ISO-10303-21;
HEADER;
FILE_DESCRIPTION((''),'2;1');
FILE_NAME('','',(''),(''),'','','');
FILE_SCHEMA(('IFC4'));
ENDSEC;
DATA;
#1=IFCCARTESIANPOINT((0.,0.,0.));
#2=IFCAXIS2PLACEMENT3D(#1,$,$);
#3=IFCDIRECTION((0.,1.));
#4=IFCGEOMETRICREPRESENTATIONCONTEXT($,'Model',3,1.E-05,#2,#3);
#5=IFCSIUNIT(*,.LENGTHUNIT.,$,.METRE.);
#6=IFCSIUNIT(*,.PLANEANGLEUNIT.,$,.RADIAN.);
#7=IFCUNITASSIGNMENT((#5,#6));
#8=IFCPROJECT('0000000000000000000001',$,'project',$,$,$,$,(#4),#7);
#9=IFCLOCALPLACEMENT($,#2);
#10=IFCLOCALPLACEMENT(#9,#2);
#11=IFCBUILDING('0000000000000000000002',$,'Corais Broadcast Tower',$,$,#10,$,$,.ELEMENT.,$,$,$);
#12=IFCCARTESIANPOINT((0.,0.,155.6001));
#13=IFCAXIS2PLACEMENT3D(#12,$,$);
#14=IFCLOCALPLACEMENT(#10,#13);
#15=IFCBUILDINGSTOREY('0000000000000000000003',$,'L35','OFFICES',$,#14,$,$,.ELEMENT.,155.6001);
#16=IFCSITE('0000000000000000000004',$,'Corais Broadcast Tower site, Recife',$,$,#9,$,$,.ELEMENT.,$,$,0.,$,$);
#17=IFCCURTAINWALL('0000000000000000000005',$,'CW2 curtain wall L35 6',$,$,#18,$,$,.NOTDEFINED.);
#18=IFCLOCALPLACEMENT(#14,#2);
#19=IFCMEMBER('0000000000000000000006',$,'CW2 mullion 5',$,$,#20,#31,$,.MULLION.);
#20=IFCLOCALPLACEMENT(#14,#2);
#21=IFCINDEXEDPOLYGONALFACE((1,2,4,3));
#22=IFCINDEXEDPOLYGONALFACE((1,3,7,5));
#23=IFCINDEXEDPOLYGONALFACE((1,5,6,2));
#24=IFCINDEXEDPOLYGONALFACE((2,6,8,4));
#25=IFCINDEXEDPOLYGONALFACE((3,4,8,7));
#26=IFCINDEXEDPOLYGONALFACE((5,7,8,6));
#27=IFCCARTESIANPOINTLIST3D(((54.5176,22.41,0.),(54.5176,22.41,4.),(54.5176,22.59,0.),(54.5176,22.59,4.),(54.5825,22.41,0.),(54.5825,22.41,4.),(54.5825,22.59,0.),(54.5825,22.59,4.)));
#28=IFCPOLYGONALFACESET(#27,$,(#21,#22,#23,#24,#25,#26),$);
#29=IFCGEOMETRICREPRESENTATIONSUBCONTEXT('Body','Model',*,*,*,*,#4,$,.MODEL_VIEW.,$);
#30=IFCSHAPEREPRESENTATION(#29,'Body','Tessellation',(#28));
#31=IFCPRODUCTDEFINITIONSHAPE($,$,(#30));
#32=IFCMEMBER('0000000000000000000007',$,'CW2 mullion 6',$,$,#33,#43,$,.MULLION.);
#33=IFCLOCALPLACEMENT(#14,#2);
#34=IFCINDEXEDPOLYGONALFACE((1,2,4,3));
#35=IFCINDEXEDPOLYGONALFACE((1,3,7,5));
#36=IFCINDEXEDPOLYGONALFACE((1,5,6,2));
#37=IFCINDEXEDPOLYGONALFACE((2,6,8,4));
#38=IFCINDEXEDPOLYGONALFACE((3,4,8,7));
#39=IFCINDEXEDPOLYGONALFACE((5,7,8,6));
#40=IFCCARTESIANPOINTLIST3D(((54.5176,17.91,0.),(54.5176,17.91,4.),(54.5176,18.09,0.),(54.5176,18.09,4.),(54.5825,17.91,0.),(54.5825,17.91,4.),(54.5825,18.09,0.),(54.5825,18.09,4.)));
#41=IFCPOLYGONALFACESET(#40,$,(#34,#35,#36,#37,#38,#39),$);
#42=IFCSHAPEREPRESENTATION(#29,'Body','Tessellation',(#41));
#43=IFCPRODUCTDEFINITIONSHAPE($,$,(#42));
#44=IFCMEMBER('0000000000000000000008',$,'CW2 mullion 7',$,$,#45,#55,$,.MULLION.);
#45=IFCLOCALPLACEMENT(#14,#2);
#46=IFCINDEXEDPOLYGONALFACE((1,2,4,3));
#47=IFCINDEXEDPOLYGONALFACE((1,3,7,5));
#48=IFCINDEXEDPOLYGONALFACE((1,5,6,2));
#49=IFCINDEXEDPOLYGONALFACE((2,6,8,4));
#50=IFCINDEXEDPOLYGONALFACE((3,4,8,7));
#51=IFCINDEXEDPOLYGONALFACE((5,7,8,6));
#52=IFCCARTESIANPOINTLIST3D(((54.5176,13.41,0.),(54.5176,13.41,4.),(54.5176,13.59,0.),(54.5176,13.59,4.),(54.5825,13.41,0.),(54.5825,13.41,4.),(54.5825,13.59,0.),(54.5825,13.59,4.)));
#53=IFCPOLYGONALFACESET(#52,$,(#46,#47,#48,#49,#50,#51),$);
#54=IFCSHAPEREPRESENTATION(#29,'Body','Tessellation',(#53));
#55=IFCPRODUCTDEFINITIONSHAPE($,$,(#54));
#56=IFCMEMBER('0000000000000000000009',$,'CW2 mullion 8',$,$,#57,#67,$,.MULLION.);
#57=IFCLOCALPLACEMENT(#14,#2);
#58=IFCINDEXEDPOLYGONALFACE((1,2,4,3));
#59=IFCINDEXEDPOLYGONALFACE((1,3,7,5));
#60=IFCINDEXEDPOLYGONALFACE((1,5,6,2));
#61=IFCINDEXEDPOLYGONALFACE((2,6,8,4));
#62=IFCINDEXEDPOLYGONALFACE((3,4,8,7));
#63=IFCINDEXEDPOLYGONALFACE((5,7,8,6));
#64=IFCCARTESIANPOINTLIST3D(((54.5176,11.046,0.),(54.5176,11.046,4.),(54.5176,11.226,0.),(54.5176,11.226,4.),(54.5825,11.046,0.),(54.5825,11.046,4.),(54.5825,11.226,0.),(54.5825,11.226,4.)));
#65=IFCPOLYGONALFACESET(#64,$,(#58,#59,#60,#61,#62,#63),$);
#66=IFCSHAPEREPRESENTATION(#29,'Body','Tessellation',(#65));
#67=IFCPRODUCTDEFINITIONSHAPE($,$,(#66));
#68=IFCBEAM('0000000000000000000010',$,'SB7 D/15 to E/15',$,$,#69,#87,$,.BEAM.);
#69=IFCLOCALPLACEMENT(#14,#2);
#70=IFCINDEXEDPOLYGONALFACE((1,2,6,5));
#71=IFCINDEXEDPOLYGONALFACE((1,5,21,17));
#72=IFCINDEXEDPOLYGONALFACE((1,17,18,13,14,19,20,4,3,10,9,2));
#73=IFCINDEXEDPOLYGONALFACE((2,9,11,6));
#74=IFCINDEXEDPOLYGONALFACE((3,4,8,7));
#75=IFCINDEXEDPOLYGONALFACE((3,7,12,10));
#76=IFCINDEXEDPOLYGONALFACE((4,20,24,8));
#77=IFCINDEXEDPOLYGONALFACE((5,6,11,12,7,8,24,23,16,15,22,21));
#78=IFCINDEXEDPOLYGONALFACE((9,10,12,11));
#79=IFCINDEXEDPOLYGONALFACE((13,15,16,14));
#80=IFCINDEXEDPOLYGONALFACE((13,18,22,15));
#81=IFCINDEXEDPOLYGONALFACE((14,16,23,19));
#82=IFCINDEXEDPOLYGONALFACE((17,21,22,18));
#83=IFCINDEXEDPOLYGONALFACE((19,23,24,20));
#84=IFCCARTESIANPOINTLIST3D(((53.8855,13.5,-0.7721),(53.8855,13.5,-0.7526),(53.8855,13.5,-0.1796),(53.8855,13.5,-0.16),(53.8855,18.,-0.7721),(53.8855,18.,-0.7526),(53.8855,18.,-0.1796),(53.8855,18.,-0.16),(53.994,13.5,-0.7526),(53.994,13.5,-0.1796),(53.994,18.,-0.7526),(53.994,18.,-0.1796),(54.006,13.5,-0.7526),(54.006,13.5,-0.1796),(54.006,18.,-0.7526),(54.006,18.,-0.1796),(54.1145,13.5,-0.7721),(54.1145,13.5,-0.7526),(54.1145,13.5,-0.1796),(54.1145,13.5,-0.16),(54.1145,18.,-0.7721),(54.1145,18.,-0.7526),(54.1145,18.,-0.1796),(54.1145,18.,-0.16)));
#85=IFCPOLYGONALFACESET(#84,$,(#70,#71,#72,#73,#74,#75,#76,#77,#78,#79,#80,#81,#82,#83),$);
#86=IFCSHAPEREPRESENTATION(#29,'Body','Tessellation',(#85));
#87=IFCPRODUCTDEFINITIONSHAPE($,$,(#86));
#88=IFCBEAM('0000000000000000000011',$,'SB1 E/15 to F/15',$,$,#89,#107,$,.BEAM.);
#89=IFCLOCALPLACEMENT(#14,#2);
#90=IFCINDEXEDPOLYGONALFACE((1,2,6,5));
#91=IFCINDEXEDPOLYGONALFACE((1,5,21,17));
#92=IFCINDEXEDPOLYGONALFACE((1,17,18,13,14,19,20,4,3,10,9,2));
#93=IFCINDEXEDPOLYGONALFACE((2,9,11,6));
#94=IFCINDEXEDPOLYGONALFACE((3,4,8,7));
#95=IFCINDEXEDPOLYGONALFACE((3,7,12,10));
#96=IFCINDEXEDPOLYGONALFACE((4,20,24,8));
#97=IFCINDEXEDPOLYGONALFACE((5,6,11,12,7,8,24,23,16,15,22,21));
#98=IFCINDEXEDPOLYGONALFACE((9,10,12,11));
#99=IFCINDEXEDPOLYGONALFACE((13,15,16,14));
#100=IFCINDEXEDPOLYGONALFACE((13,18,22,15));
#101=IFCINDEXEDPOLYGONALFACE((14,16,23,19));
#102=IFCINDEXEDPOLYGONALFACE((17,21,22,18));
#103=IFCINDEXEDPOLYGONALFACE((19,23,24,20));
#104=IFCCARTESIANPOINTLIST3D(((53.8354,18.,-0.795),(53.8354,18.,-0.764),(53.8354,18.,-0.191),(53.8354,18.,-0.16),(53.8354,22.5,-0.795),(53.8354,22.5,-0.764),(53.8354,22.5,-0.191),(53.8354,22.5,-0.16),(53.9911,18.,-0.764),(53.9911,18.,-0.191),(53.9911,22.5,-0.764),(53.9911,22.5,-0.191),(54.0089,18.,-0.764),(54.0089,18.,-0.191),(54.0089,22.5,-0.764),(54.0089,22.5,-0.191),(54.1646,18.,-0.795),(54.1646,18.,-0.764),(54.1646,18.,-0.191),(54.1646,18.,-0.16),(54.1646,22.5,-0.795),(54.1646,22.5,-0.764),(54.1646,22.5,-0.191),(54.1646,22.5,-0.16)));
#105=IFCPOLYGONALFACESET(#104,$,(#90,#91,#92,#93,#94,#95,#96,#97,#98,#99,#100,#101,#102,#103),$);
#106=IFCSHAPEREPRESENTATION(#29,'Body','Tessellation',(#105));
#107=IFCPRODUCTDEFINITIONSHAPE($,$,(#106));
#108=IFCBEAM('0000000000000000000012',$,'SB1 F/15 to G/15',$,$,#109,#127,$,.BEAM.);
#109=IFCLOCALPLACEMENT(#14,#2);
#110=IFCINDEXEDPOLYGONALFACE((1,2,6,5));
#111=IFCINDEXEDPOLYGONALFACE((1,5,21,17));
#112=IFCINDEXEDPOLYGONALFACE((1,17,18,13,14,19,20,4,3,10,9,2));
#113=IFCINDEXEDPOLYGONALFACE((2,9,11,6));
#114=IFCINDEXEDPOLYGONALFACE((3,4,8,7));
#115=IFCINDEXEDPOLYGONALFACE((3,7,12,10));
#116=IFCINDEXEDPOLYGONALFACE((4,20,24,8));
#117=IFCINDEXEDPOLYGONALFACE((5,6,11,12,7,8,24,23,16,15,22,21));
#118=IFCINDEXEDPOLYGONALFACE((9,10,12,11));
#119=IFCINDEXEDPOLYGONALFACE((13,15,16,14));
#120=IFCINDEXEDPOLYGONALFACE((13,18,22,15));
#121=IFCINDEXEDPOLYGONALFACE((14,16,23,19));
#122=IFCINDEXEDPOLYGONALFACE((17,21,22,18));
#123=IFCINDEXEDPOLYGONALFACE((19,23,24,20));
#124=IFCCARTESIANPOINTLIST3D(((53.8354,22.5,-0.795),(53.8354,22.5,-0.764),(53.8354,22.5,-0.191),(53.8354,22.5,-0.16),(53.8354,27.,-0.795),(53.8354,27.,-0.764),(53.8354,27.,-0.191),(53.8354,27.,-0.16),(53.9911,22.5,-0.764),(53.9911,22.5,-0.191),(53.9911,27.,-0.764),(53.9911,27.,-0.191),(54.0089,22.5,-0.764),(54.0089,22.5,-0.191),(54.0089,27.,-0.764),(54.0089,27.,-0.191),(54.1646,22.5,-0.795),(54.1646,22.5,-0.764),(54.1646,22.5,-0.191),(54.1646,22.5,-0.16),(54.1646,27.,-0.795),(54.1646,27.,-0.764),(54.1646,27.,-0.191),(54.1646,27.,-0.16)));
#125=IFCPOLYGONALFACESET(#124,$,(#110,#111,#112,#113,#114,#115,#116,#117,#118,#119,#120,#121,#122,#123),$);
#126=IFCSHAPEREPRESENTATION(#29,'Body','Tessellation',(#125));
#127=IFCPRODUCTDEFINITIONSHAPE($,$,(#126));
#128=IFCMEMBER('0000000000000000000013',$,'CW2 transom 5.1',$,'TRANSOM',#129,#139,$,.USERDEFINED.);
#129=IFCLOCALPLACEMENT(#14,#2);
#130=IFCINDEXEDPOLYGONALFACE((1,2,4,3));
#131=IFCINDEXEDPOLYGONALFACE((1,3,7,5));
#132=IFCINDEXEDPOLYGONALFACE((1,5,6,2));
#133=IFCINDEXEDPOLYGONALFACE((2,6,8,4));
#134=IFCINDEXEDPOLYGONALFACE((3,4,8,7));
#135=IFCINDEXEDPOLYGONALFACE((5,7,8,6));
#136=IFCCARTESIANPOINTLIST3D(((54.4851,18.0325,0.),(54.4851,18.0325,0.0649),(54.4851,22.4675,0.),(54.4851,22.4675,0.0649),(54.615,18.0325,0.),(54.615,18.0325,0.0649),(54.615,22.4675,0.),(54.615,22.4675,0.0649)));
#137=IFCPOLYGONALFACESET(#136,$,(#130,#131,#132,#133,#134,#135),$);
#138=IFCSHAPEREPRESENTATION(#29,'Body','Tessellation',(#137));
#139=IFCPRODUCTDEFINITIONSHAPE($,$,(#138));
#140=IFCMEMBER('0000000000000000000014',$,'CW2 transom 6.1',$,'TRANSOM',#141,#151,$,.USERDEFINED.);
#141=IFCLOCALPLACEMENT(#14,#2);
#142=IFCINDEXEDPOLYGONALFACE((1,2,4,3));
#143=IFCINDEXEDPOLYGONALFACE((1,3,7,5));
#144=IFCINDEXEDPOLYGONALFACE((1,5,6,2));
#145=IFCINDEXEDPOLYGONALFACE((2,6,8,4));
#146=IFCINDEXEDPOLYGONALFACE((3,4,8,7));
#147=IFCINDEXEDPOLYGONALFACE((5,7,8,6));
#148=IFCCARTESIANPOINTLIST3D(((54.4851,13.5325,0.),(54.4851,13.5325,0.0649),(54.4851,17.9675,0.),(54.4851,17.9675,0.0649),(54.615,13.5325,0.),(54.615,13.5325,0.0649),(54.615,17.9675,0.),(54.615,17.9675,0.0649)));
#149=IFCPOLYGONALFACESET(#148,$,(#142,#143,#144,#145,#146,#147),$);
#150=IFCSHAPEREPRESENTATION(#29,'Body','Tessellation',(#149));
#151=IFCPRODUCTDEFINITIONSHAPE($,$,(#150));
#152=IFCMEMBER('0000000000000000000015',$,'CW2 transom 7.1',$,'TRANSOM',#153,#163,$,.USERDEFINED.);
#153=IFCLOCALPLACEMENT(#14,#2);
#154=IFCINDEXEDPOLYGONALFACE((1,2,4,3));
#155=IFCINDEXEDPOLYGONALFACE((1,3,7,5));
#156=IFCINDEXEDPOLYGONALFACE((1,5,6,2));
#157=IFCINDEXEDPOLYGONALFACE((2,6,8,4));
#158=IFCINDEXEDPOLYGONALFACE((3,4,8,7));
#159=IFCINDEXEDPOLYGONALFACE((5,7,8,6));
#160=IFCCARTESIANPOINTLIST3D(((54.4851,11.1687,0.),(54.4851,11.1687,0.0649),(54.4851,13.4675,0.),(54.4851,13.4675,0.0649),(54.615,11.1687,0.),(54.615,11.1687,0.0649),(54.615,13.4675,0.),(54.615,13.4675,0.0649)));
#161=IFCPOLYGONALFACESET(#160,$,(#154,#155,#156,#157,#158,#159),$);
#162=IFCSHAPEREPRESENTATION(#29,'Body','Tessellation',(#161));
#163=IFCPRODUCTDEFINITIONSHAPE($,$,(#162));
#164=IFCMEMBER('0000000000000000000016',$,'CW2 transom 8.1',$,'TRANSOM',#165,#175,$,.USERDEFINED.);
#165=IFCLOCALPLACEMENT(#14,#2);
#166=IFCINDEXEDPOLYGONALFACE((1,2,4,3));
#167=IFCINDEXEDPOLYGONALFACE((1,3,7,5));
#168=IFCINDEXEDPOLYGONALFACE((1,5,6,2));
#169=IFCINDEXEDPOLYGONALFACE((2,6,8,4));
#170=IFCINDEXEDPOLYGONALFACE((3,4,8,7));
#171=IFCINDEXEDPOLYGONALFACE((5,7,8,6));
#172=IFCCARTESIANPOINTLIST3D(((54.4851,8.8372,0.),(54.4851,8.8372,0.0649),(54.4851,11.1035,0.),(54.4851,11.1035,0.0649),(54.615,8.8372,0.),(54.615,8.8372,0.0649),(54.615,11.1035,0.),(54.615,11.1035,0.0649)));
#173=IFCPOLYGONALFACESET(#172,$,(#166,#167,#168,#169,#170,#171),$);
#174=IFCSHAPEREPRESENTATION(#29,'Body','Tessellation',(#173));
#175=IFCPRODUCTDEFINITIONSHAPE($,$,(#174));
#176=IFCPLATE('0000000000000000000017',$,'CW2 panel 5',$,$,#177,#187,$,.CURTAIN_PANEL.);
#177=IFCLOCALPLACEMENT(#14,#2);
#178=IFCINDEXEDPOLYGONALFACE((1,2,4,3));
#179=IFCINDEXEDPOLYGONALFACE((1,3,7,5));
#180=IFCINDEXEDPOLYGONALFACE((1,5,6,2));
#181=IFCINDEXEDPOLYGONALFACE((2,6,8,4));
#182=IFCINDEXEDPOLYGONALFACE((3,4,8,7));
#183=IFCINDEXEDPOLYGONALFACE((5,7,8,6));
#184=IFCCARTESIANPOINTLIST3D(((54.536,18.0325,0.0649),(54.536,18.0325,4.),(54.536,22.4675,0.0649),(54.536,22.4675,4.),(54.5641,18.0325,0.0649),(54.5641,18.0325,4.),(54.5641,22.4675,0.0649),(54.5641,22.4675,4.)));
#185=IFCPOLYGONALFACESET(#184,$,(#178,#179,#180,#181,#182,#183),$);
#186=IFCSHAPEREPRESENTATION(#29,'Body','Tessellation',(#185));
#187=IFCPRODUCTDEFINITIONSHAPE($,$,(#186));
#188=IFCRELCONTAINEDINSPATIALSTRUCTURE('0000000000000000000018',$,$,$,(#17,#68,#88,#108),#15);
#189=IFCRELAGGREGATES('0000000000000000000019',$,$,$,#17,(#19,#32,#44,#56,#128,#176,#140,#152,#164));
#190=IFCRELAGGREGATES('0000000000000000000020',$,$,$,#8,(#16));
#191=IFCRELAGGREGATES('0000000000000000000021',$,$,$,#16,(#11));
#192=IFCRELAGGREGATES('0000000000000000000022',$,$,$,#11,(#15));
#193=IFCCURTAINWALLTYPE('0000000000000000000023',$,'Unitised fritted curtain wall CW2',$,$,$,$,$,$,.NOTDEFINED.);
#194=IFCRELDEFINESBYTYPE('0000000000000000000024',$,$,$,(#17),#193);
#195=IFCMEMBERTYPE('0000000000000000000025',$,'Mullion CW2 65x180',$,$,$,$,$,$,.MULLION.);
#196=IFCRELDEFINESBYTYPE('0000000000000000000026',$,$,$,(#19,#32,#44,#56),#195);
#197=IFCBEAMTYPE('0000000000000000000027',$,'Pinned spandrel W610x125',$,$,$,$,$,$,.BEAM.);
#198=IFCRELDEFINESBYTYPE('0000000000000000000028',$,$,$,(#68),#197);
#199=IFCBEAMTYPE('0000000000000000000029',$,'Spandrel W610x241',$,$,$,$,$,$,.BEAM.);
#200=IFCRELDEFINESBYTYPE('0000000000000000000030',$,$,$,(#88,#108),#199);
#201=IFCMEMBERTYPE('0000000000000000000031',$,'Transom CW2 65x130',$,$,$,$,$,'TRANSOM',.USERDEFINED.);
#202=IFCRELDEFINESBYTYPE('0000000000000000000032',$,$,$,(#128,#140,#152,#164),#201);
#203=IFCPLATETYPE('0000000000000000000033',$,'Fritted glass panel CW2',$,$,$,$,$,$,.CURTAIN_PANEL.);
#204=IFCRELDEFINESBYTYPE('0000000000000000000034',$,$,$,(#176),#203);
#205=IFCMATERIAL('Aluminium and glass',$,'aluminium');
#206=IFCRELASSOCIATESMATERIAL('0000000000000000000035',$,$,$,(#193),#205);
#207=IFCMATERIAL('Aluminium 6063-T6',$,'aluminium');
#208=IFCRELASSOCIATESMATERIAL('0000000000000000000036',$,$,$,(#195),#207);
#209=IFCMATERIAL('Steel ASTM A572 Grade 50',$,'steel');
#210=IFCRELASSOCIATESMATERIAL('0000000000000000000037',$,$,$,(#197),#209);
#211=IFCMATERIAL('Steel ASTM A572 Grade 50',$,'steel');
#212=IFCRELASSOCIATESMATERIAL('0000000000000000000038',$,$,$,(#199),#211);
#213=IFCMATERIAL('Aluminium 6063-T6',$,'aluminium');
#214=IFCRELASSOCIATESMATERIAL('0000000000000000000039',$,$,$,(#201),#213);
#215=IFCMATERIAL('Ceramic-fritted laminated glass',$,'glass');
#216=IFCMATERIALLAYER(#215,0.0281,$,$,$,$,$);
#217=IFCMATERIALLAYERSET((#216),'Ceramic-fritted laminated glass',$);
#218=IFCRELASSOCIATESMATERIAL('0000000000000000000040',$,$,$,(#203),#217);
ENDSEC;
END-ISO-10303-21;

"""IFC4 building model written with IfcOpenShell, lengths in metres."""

from ifc_helpers import new_model, si_unit, direction, frame, origin, origin_2d, place, context, subcontext, project, spatial, rectangle, i_section, extrude, material, layer, layer_set, material_profile, profile_set, type_object, element, aggregate, save


model = new_model("IFC4")

# Units and contexts
model_context = context("Model", 3, precision=1e-05, world=origin(), true_north=direction((0.0, 1.0)))
body_context = subcontext(model_context, "Body", "Model", "MODEL_VIEW")
ifc_project = project(units=[si_unit("LENGTHUNIT", "METRE"), si_unit("PLANEANGLEUNIT", "RADIAN")], contexts=[model_context])

# Site, building, storey
site_placement = place(None, origin())
site = spatial("IfcSite", under=ifc_project, at=site_placement, Name="Corais Broadcast Tower site, Recife", CompositionType="ELEMENT", RefElevation=0.0)
building_placement = place(site_placement, origin())
building = spatial("IfcBuilding", under=site, at=building_placement, Name="Corais Broadcast Tower", CompositionType="ELEMENT")
storey_placement = place(building_placement, frame((0.0, 0.0, 155.6001)))
storey = spatial("IfcBuildingStorey", under=building, at=storey_placement, Name="L35", Description="OFFICES", CompositionType="ELEMENT", Elevation=155.6001)

# Curtain wall, members
ifc_material_1 = material(Name="Aluminium and glass", Category="aluminium")
curtain_wall_type = type_object("IfcCurtainWallType", Name="Unitised fritted curtain wall CW2", PredefinedType="NOTDEFINED", material=ifc_material_1)
curtain_wall_placement = place(storey_placement, origin())
curtain_wall = element("IfcCurtainWall", 1, at=curtain_wall_placement, inside=storey, type_object=curtain_wall_type, Name="CW2 curtain wall L35 6", PredefinedType="NOTDEFINED")
ifc_material_2 = material(Name="Aluminium 6063-T6", Category="aluminium")
ifc_material_profile_1 = material_profile(ifc_material_2, rectangle(XDim=0.0649, YDim=0.1799, at=origin_2d()), Name="Mullion CW2 65x180")
ifc_profile_set_1 = profile_set([ifc_material_profile_1], Name="Aluminium 6063-T6")
member_type_1 = type_object("IfcMemberType", Name="Mullion CW2 65x180", PredefinedType="MULLION", material=ifc_profile_set_1)
member_1_placement = place(storey_placement, frame((54.55, 22.5, 0.0), z_axis=(0.0, 0.0, 1.0), x_axis=(1.0, 0.0, 0.0)))
member_1 = element("IfcMember", 2, at=member_1_placement, type_object=member_type_1, Name="CW2 mullion 5", PredefinedType="MULLION", context=body_context, shape_type="SweptSolid", body=[
    extrude(rectangle(XDim=0.0649, YDim=0.1799, at=origin_2d()), origin(), (0.0, 0.0, 1.0), 4.0),
])
member_2_placement = place(storey_placement, frame((54.55, 18.0, 0.0), z_axis=(0.0, 0.0, 1.0), x_axis=(1.0, 0.0, 0.0)))
member_2 = element("IfcMember", 3, at=member_2_placement, type_object=member_type_1, Name="CW2 mullion 6", PredefinedType="MULLION", context=body_context, shape_type="SweptSolid", body=[
    extrude(rectangle(XDim=0.0649, YDim=0.1799, at=origin_2d()), origin(), (0.0, 0.0, 1.0), 4.0),
])
member_3_placement = place(storey_placement, frame((54.55, 13.5, 0.0), z_axis=(0.0, 0.0, 1.0), x_axis=(1.0, 0.0, 0.0)))
member_3 = element("IfcMember", 4, at=member_3_placement, type_object=member_type_1, Name="CW2 mullion 7", PredefinedType="MULLION", context=body_context, shape_type="SweptSolid", body=[
    extrude(rectangle(XDim=0.0649, YDim=0.1799, at=origin_2d()), origin(), (0.0, 0.0, 1.0), 4.0),
])
member_4_placement = place(storey_placement, frame((54.55, 11.136, 0.0), z_axis=(0.0, 0.0, 1.0), x_axis=(1.0, 0.0, 0.0)))
member_4 = element("IfcMember", 5, at=member_4_placement, type_object=member_type_1, Name="CW2 mullion 8", PredefinedType="MULLION", context=body_context, shape_type="SweptSolid", body=[
    extrude(rectangle(XDim=0.0649, YDim=0.1799, at=origin_2d()), origin(), (0.0, 0.0, 1.0), 4.0),
])

# Beams
ifc_material_3 = material(Name="Steel ASTM A572 Grade 50", Category="steel")
ifc_material_profile_2 = material_profile(ifc_material_3, i_section(OverallWidth=0.229, OverallDepth=0.6121, WebThickness=0.012, FlangeThickness=0.0195, at=origin_2d()), Name="W610x125")
ifc_profile_set_2 = profile_set([ifc_material_profile_2], Name="Steel ASTM A572 Grade 50")
beam_type_1 = type_object("IfcBeamType", Name="Pinned spandrel W610x125", PredefinedType="BEAM", material=ifc_profile_set_2)
beam_1_placement = place(storey_placement, frame((54.0, 13.5, -0.4661), z_axis=(0.0, 1.0, 0.0), x_axis=(-1.0, 0.0, 0.0)))
element("IfcBeam", 6, at=beam_1_placement, inside=storey, type_object=beam_type_1, Name="SB7 D/15 to E/15", PredefinedType="BEAM", context=body_context, shape_type="SweptSolid", body=[
    extrude(i_section(OverallWidth=0.229, OverallDepth=0.6121, WebThickness=0.012, FlangeThickness=0.0195, at=origin_2d()), origin(), (0.0, 0.0, 1.0), 4.5),
])
ifc_material_4 = material(Name="Steel ASTM A572 Grade 50", Category="steel")
ifc_material_profile_3 = material_profile(ifc_material_4, i_section(OverallWidth=0.3291, OverallDepth=0.635, WebThickness=0.0178, FlangeThickness=0.031, at=origin_2d()), Name="W610x241")
ifc_profile_set_3 = profile_set([ifc_material_profile_3], Name="Steel ASTM A572 Grade 50")
beam_type_2 = type_object("IfcBeamType", Name="Spandrel W610x241", PredefinedType="BEAM", material=ifc_profile_set_3)
for number, where, z_axis, x_axis, name in (
    (7, (54.0, 18.0, -0.4775), (0.0, 1.0, 0.0), (-1.0, 0.0, 0.0), "SB1 E/15 to F/15"),
    (8, (54.0, 22.5, -0.4775), (0.0, 1.0, 0.0), (-1.0, 0.0, 0.0), "SB1 F/15 to G/15"),
):
    element("IfcBeam", number, at=place(storey_placement, frame(where, z_axis=z_axis, x_axis=x_axis)), inside=storey, type_object=beam_type_2, Name=name, PredefinedType="BEAM", context=body_context, shape_type="SweptSolid", body=[
        extrude(i_section(OverallWidth=0.3291, OverallDepth=0.635, WebThickness=0.0178, FlangeThickness=0.031, at=origin_2d()), origin(), (0.0, 0.0, 1.0), 4.5),
    ])

# Members
ifc_material_5 = material(Name="Aluminium 6063-T6", Category="aluminium")
ifc_material_profile_4 = material_profile(ifc_material_5, rectangle(XDim=0.1299, YDim=0.0649, at=origin_2d()), Name="Transom CW2 65x130")
ifc_profile_set_4 = profile_set([ifc_material_profile_4], Name="Aluminium 6063-T6")
member_type_2 = type_object("IfcMemberType", Name="Transom CW2 65x130", ElementType="TRANSOM", PredefinedType="USERDEFINED", material=ifc_profile_set_4)
member_5_placement = place(storey_placement, frame((54.55, 22.4675, 0.0325), z_axis=(0.0, -1.0, 0.0), x_axis=(1.0, 0.0, 0.0)))
member_5 = element("IfcMember", 9, at=member_5_placement, type_object=member_type_2, Name="CW2 transom 5.1", ObjectType="TRANSOM", PredefinedType="USERDEFINED", context=body_context, shape_type="SweptSolid", body=[
    extrude(rectangle(XDim=0.1299, YDim=0.0649, at=origin_2d()), origin(), (0.0, 0.0, 1.0), 4.4351),
])
member_6_placement = place(storey_placement, frame((54.55, 17.9675, 0.0325), z_axis=(0.0, -1.0, 0.0), x_axis=(1.0, 0.0, 0.0)))
member_6 = element("IfcMember", 10, at=member_6_placement, type_object=member_type_2, Name="CW2 transom 6.1", ObjectType="TRANSOM", PredefinedType="USERDEFINED", context=body_context, shape_type="SweptSolid", body=[
    extrude(rectangle(XDim=0.1299, YDim=0.0649, at=origin_2d()), origin(), (0.0, 0.0, 1.0), 4.4351),
])
member_7_placement = place(storey_placement, frame((54.55, 13.4675, 0.0325), z_axis=(0.0, -1.0, 0.0), x_axis=(1.0, 0.0, 0.0)))
member_7 = element("IfcMember", 11, at=member_7_placement, type_object=member_type_2, Name="CW2 transom 7.1", ObjectType="TRANSOM", PredefinedType="USERDEFINED", context=body_context, shape_type="SweptSolid", body=[
    extrude(rectangle(XDim=0.1299, YDim=0.0649, at=origin_2d()), origin(), (0.0, 0.0, 1.0), 2.2988),
])
member_8_placement = place(storey_placement, frame((54.55, 11.1035, 0.0325), z_axis=(0.0, -1.0, 0.0), x_axis=(1.0, 0.0, 0.0)))
member_8 = element("IfcMember", 12, at=member_8_placement, type_object=member_type_2, Name="CW2 transom 8.1", ObjectType="TRANSOM", PredefinedType="USERDEFINED", context=body_context, shape_type="SweptSolid", body=[
    extrude(rectangle(XDim=0.1299, YDim=0.0649, at=origin_2d()), origin(), (0.0, 0.0, 1.0), 2.2664),
])

# Plate
ifc_material_6 = material(Name="Ceramic-fritted laminated glass", Category="glass")
ifc_layer_1 = layer(ifc_material_6, 0.0281)
ifc_layer_set_1 = layer_set([ifc_layer_1], Name="Ceramic-fritted laminated glass")
plate_type_1 = type_object("IfcPlateType", Name="Fritted glass panel CW2", PredefinedType="CURTAIN_PANEL", material=ifc_layer_set_1)
plate_1_placement = place(storey_placement, frame((54.55, 20.25, 0.0649), z_axis=(0.0, 0.0, 1.0), x_axis=(0.0, -1.0, 0.0)))
plate_1 = element("IfcPlate", 13, at=plate_1_placement, type_object=plate_type_1, Name="CW2 panel 5", PredefinedType="CURTAIN_PANEL", context=body_context, shape_type="SweptSolid", body=[
    extrude(rectangle(XDim=4.4351, YDim=0.0281, at=origin_2d()), origin(), (0.0, 0.0, 1.0), 3.9351),
])
aggregate(curtain_wall, [member_1, member_2, member_3, member_4, member_5, plate_1, member_6, member_7, member_8])

save(model, "model.ifc")
